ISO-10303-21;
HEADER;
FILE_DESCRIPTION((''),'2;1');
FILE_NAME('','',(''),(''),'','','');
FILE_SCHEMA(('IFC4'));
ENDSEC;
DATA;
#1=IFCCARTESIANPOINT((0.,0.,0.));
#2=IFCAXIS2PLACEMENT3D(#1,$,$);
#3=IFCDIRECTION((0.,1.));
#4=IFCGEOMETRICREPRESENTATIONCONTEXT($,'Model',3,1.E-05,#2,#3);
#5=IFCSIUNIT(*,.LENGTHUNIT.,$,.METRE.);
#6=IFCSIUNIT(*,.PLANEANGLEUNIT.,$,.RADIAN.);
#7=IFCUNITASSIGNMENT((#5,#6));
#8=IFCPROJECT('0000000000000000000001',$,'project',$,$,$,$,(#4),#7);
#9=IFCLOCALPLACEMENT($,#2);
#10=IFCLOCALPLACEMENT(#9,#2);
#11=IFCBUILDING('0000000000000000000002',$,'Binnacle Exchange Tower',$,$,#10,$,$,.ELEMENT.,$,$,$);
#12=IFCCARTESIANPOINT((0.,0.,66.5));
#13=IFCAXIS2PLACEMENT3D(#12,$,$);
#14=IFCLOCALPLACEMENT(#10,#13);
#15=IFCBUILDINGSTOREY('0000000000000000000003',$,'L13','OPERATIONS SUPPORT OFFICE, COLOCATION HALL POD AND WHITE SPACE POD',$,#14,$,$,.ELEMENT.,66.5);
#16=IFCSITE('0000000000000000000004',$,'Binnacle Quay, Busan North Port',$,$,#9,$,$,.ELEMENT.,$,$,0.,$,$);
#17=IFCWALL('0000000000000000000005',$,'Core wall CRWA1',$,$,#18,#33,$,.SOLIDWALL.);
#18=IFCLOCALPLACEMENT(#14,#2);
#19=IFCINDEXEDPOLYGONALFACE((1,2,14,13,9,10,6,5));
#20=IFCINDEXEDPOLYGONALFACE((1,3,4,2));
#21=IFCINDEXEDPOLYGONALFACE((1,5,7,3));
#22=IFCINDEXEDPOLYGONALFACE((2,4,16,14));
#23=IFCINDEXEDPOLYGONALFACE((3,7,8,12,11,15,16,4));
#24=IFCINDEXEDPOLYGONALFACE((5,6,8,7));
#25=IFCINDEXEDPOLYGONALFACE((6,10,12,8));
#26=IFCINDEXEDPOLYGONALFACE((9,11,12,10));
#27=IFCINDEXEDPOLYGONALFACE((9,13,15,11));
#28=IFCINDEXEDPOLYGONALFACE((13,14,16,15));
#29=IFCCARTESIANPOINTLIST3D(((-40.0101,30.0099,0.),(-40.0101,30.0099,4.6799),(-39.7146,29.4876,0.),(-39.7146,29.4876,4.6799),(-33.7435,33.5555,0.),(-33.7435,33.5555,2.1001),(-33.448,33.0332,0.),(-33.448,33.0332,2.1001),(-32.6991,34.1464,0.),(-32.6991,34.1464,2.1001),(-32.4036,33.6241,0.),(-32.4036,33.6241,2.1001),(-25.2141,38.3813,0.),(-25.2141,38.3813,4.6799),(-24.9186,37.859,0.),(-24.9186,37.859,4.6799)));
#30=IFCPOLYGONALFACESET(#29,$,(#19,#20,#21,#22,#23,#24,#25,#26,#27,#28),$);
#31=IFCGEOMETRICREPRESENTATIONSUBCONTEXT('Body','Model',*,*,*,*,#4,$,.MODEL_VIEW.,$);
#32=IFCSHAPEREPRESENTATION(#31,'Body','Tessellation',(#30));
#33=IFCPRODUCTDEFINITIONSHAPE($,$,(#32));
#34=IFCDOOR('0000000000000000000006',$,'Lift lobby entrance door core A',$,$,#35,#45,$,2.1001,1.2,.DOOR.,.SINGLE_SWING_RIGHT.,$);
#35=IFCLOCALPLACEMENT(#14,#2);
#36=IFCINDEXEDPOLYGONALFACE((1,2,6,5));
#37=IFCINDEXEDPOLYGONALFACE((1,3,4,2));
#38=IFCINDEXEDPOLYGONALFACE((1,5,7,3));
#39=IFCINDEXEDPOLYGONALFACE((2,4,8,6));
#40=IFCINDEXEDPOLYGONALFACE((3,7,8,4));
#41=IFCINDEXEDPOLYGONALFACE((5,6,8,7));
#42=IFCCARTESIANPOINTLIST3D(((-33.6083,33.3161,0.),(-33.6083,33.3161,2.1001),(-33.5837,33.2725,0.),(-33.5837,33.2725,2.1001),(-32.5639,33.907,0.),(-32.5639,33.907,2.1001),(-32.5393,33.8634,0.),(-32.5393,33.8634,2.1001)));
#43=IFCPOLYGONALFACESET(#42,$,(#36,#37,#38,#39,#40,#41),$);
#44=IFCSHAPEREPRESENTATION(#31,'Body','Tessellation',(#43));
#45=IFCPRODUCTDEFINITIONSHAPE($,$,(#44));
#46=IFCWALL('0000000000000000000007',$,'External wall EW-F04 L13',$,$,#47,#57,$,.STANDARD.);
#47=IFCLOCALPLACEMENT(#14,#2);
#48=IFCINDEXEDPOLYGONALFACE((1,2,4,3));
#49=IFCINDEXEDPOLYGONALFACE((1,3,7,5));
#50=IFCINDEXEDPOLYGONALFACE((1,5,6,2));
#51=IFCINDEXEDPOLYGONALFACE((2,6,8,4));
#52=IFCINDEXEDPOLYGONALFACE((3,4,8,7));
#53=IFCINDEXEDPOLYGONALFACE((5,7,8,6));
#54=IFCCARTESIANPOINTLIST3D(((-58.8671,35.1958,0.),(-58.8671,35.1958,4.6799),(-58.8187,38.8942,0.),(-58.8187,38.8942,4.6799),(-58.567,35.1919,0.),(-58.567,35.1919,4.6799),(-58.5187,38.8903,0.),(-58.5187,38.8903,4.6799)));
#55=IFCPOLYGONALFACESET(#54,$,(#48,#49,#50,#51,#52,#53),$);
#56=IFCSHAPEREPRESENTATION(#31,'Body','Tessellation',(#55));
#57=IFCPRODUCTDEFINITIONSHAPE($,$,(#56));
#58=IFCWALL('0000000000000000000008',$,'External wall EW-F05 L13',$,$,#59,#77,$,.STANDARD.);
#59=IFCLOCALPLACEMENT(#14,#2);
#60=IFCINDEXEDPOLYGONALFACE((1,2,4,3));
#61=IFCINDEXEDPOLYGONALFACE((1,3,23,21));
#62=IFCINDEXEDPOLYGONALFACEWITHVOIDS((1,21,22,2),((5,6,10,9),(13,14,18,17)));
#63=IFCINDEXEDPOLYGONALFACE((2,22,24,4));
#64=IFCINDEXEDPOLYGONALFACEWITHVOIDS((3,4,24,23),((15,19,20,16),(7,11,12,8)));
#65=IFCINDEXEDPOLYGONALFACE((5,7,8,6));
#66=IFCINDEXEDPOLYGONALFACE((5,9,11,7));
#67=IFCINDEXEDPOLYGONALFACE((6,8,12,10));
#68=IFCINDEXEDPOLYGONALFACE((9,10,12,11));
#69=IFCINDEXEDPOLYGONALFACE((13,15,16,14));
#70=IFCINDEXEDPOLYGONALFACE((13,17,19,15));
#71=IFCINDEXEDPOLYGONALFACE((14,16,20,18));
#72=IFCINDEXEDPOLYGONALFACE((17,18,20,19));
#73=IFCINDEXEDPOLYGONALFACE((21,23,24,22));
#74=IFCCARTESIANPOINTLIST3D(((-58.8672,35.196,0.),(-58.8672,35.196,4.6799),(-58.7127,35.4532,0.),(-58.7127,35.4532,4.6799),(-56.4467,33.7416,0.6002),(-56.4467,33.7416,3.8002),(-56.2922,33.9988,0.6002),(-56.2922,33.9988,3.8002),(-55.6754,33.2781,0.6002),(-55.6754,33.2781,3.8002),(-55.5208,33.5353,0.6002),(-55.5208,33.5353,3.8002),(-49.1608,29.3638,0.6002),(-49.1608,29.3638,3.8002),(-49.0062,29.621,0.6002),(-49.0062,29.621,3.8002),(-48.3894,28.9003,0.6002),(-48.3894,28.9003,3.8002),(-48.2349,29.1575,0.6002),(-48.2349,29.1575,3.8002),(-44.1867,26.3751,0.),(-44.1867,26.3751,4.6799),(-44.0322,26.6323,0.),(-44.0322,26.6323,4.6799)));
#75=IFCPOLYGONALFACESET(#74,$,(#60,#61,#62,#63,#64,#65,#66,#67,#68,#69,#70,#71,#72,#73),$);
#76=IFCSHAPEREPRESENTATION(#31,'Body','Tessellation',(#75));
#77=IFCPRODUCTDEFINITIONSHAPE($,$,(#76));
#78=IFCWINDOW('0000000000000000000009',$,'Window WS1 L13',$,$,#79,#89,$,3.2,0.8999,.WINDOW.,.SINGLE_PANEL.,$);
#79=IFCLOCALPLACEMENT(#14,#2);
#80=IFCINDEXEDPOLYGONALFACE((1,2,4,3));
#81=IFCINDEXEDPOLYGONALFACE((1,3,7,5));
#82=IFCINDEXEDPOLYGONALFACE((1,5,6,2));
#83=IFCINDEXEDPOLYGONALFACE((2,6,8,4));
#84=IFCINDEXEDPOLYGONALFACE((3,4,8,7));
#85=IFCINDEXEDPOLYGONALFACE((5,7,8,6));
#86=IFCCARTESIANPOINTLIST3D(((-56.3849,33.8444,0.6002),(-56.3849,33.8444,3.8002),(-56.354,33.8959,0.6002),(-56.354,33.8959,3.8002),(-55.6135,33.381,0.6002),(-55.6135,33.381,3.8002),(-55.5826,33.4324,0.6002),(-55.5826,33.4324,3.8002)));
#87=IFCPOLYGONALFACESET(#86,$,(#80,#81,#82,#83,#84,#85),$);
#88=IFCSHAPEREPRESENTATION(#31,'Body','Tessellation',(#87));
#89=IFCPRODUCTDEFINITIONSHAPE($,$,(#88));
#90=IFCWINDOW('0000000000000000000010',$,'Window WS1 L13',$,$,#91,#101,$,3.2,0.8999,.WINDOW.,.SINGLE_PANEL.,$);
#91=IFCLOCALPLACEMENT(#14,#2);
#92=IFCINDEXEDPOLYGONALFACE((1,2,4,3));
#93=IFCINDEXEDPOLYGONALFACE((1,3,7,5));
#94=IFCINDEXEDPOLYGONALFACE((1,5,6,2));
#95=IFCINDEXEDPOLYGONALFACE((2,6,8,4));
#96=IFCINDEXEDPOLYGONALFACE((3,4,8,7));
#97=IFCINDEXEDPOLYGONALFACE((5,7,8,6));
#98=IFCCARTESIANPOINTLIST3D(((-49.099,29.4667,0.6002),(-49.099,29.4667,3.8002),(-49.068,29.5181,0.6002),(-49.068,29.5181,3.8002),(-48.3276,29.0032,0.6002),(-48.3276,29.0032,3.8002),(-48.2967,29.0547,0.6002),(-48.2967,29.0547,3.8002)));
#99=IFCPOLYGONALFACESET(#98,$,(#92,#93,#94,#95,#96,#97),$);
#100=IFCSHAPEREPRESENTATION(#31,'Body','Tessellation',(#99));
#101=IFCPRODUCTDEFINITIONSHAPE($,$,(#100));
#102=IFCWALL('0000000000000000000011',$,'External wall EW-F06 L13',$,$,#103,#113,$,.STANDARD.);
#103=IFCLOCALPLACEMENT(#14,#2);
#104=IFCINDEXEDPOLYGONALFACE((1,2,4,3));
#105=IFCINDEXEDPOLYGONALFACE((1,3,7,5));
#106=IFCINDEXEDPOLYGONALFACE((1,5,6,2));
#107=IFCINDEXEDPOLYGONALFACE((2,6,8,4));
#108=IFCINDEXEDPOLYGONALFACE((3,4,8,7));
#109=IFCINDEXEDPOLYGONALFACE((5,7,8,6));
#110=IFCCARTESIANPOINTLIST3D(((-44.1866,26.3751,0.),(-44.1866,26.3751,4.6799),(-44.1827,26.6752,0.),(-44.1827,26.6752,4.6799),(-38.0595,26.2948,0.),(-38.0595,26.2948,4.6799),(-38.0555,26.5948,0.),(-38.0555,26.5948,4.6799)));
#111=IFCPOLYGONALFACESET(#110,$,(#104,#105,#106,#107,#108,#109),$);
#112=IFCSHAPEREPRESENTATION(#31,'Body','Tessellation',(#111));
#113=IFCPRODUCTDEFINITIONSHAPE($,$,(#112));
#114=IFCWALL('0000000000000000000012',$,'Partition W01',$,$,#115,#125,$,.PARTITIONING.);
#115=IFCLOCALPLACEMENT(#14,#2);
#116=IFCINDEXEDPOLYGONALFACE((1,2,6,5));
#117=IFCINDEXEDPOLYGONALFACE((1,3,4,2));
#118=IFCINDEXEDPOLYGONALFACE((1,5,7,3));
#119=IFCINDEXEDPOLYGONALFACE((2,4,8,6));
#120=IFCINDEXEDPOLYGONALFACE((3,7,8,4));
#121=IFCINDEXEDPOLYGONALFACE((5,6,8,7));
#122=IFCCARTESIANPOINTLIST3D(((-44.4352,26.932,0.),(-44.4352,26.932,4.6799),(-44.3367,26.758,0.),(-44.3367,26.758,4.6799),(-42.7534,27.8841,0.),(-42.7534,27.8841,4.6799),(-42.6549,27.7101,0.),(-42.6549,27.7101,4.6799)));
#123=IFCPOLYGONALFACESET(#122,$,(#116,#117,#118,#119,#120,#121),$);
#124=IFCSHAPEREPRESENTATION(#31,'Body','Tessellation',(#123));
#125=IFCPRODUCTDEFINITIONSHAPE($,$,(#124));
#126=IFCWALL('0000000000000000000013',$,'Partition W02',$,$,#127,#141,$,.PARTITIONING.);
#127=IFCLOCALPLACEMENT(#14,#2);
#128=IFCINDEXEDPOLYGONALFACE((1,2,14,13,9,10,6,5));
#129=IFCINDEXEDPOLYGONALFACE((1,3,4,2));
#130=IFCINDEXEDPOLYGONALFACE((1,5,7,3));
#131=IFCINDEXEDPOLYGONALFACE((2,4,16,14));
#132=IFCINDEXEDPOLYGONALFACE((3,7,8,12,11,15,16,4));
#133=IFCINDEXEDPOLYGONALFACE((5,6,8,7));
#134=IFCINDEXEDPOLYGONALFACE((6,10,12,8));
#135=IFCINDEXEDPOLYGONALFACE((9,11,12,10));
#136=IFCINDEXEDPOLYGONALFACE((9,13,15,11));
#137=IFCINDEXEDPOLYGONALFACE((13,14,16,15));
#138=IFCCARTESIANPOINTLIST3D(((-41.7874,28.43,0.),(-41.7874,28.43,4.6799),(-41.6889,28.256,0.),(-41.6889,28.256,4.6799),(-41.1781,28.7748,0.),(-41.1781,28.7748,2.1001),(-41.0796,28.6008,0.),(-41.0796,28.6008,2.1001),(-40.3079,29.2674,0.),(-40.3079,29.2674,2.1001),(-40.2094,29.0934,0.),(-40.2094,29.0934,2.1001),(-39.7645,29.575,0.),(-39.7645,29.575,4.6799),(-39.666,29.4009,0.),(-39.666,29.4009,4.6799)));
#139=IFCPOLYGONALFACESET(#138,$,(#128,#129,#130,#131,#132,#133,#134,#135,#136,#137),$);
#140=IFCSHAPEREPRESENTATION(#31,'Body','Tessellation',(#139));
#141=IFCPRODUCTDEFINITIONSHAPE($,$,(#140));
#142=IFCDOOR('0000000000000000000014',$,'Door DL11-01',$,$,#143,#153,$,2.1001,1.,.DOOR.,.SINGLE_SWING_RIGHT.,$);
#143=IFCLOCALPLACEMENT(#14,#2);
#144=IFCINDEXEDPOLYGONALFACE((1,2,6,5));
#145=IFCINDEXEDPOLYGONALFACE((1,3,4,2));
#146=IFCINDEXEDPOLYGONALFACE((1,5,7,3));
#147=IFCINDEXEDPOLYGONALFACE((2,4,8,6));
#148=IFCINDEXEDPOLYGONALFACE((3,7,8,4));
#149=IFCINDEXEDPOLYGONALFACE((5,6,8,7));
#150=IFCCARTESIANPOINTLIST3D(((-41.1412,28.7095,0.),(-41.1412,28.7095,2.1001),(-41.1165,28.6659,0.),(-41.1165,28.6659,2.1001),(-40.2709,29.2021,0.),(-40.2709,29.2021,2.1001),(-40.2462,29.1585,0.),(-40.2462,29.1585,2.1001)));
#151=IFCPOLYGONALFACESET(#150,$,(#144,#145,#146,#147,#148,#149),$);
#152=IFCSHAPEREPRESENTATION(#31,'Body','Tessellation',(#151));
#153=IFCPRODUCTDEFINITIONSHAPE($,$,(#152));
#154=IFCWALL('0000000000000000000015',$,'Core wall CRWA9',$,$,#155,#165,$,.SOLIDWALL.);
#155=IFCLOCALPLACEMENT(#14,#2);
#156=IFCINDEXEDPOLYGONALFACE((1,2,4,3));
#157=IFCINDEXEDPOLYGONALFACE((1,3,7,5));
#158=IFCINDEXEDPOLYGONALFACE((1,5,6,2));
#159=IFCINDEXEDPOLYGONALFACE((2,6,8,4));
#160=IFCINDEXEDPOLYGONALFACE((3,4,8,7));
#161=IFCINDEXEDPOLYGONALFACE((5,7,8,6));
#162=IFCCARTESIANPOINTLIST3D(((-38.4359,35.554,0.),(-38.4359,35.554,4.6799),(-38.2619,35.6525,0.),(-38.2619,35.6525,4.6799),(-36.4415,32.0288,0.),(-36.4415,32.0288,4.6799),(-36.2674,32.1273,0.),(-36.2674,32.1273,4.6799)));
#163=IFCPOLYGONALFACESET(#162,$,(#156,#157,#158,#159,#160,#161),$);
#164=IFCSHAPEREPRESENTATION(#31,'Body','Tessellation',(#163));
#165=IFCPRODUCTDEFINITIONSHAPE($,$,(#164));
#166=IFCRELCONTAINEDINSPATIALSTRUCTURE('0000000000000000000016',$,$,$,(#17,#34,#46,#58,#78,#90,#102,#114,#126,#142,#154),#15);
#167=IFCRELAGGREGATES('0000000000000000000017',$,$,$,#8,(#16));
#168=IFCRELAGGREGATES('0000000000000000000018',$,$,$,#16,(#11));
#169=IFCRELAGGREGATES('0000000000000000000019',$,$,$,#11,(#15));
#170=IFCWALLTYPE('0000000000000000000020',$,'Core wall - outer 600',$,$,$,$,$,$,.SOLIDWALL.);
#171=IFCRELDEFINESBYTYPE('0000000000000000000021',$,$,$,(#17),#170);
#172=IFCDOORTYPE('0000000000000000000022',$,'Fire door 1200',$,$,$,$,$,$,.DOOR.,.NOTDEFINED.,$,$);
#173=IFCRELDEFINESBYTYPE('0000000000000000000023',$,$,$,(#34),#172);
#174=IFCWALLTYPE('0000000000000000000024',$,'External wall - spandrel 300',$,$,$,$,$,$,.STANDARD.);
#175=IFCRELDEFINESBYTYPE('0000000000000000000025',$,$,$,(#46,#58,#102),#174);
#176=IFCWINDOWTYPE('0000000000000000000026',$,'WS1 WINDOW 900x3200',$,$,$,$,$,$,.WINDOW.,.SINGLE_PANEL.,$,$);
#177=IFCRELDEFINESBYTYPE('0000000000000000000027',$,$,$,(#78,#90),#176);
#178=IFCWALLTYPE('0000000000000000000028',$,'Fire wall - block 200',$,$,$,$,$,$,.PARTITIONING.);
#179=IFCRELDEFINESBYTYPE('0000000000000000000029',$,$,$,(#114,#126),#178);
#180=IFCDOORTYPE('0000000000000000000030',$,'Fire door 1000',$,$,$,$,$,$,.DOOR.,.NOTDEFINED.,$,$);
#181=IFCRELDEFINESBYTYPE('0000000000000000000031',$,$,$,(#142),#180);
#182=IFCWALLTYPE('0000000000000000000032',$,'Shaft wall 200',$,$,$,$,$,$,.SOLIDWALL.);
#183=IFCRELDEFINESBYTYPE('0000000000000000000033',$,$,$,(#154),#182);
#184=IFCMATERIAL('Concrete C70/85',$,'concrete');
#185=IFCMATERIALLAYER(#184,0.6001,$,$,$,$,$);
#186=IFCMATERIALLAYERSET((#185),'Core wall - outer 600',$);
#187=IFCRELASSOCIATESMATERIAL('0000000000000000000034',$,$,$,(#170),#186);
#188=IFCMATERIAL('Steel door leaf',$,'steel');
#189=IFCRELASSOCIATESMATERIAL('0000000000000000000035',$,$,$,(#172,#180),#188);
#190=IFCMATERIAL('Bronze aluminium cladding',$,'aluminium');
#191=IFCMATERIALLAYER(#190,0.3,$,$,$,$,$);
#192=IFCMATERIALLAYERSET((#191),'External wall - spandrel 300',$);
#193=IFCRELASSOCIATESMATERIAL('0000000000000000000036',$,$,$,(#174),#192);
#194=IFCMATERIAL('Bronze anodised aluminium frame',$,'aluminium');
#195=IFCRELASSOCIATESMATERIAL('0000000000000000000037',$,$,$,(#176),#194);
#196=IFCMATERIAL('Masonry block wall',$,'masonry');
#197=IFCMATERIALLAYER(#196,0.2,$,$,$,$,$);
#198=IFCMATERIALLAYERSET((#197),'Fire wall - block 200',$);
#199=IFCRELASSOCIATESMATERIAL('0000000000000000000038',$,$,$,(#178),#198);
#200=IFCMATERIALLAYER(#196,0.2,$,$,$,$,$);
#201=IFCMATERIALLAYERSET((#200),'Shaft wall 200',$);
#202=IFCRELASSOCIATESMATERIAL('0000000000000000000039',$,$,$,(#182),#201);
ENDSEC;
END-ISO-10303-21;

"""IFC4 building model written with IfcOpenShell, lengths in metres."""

from ifc_helpers import new_model, si_unit, direction, frame, frame_2d, origin, place, context, subcontext, project, spatial, rectangle, extrude, material, layer, layer_set, type_object, element, fill, save


model = new_model("IFC4")

# Units and contexts
model_context = context("Model", 3, precision=1e-05, world=origin(), true_north=direction((0.0, 1.0)))
body_context = subcontext(model_context, "Body", "Model", "MODEL_VIEW")
ifc_project = project(units=[si_unit("LENGTHUNIT", "METRE"), si_unit("PLANEANGLEUNIT", "RADIAN")], contexts=[model_context])

# Site, building, storey
site_placement = place(None, origin())
site = spatial("IfcSite", under=ifc_project, at=site_placement, Name="Binnacle Quay, Busan North Port", CompositionType="ELEMENT", RefElevation=0.0)
building_placement = place(site_placement, origin())
building = spatial("IfcBuilding", under=site, at=building_placement, Name="Binnacle Exchange Tower", CompositionType="ELEMENT")
storey_placement = place(building_placement, frame((0.0, 0.0, 66.5)))
storey = spatial("IfcBuildingStorey", under=building, at=storey_placement, Name="L13", Description="OPERATIONS SUPPORT OFFICE, COLOCATION HALL POD AND WHITE SPACE POD", CompositionType="ELEMENT", Elevation=66.5)

# Shared definitions
ifc_material_1 = material(Name="Concrete C70/85", Category="concrete")

# Shared definitions
ifc_material_2 = material(Name="Steel door leaf", Category="steel")

# Wall, opening, door
ifc_layer_1 = layer(ifc_material_1, 0.6001)
ifc_layer_set_1 = layer_set([ifc_layer_1], Name="Core wall - outer 600")
wall_type_1 = type_object("IfcWallType", Name="Core wall - outer 600", PredefinedType="SOLIDWALL", material=ifc_layer_set_1)
wall_1_placement = place(storey_placement, frame((-39.8623, 29.7488, 0.0), z_axis=(0.0, 0.0, 1.0), x_axis=(0.87035, 0.492433, 0.0)))
wall_1 = element("IfcWall", 1, at=wall_1_placement, inside=storey, type_object=wall_type_1, Name="Core wall CRWA1", PredefinedType="SOLIDWALL", context=body_context, shape_type="SweptSolid", body=[
    extrude(rectangle(XDim=17.0, YDim=0.6001, at=frame_2d((8.5, 0.0))), origin(), (0.0, 0.0, 1.0), 4.6799),
])
opening_1_placement = place(wall_1_placement, frame((7.2, 0.0, 0.0)))
opening_1 = element("IfcOpeningElement", 2, at=opening_1_placement, cuts=wall_1, PredefinedType="OPENING", context=body_context, shape_type="SweptSolid", body=[
    extrude(rectangle(XDim=1.2, YDim=2.1001, at=frame_2d((0.6001, 1.05))), frame((0.0, 0.3101, 0.0), z_axis=(0.0, -1.0, 0.0), x_axis=(1.0, 0.0, 0.0)), (0.0, 0.0, 1.0), 0.6201),
])
door_type_1 = type_object("IfcDoorType", Name="Fire door 1200", OperationType="NOTDEFINED", PredefinedType="DOOR", material=ifc_material_2)
door_1_placement = place(opening_1_placement, frame((1.2, 0.0, 0.0), z_axis=(0.0, 0.0, 1.0), x_axis=(-1.0, 0.0, 0.0)))
door_1 = element("IfcDoor", 3, at=door_1_placement, inside=storey, type_object=door_type_1, Name="Lift lobby entrance door core A", OperationType="SINGLE_SWING_RIGHT", OverallHeight=2.1001, OverallWidth=1.2, PredefinedType="DOOR", context=body_context, shape_type="SweptSolid", body=[
    extrude(rectangle(XDim=1.2, YDim=2.1001, at=frame_2d((0.6001, 1.05))), frame((0.0, 0.0249, 0.0), z_axis=(0.0, -1.0, 0.0), x_axis=(1.0, 0.0, 0.0)), (0.0, 0.0, 1.0), 0.05),
])
fill(opening_1, door_1)

# Wall
ifc_material_3 = material(Name="Bronze aluminium cladding", Category="aluminium")
ifc_layer_2 = layer(ifc_material_3, 0.3)
ifc_layer_set_2 = layer_set([ifc_layer_2], Name="External wall - spandrel 300")
wall_type_2 = type_object("IfcWallType", Name="External wall - spandrel 300", PredefinedType="STANDARD", material=ifc_layer_set_2)
wall_2_placement = place(storey_placement, frame((-58.717, 35.1938, 0.0), z_axis=(0.0, 0.0, 1.0), x_axis=(0.013069, 0.999915, 0.0)))
element("IfcWall", 4, at=wall_2_placement, inside=storey, type_object=wall_type_2, Name="External wall EW-F04 L13", PredefinedType="STANDARD", context=body_context, shape_type="SweptSolid", body=[
    extrude(rectangle(XDim=3.6987, YDim=0.3, at=frame_2d((1.8494, 0.0))), origin(), (0.0, 0.0, 1.0), 4.6799),
])

# Wall, openings, windows
wall_3_placement = place(storey_placement, frame((-44.1094, 26.5037, 0.0), z_axis=(0.0, 0.0, 1.0), x_axis=(-0.85717, 0.515034, 0.0)))
wall_3 = element("IfcWall", 5, at=wall_3_placement, inside=storey, type_object=wall_type_2, Name="External wall EW-F05 L13", PredefinedType="STANDARD", context=body_context, shape_type="SweptSolid", body=[
    extrude(rectangle(XDim=17.1267, YDim=0.3, at=frame_2d((8.5635, 0.0))), origin(), (0.0, 0.0, 1.0), 4.6799),
])
opening_2_placement = place(wall_3_placement, frame((13.4031, 0.0, 0.6001)))
opening_2 = element("IfcOpeningElement", 6, at=opening_2_placement, cuts=wall_3, PredefinedType="OPENING", context=body_context, shape_type="SweptSolid", body=[
    extrude(rectangle(XDim=0.8999, YDim=3.2, at=frame_2d((0.45, 1.6001))), frame((0.0, 0.1599, 0.0), z_axis=(0.0, -1.0, 0.0), x_axis=(1.0, 0.0, 0.0)), (0.0, 0.0, 1.0), 0.3201),
])
opening_3_placement = place(wall_3_placement, frame((4.9031, 0.0, 0.6001)))
opening_3 = element("IfcOpeningElement", 7, at=opening_3_placement, cuts=wall_3, PredefinedType="OPENING", context=body_context, shape_type="SweptSolid", body=[
    extrude(rectangle(XDim=0.8999, YDim=3.2, at=frame_2d((0.45, 1.6001))), frame((0.0, 0.1599, 0.0), z_axis=(0.0, -1.0, 0.0), x_axis=(1.0, 0.0, 0.0)), (0.0, 0.0, 1.0), 0.3201),
])
ifc_material_4 = material(Name="Bronze anodised aluminium frame", Category="aluminium")
window_type = type_object("IfcWindowType", Name="WS1 WINDOW 900x3200", PartitioningType="SINGLE_PANEL", PredefinedType="WINDOW", material=ifc_material_4)
window_1_placement = place(opening_2_placement, origin())
window_1 = element("IfcWindow", 8, at=window_1_placement, inside=storey, type_object=window_type, Name="Window WS1 L13", OverallHeight=3.2, OverallWidth=0.8999, PartitioningType="SINGLE_PANEL", PredefinedType="WINDOW", context=body_context, shape_type="SweptSolid", body=[
    extrude(rectangle(XDim=0.8999, YDim=3.2, at=frame_2d((0.45, 1.6001))), frame((0.0, 0.03, 0.0), z_axis=(0.0, -1.0, 0.0), x_axis=(1.0, 0.0, 0.0)), (0.0, 0.0, 1.0), 0.0601),
])
fill(opening_2, window_1)
window_2_placement = place(opening_3_placement, origin())
window_2 = element("IfcWindow", 9, at=window_2_placement, inside=storey, type_object=window_type, Name="Window WS1 L13", OverallHeight=3.2, OverallWidth=0.8999, PartitioningType="SINGLE_PANEL", PredefinedType="WINDOW", context=body_context, shape_type="SweptSolid", body=[
    extrude(rectangle(XDim=0.8999, YDim=3.2, at=frame_2d((0.45, 1.6001))), frame((0.0, 0.03, 0.0), z_axis=(0.0, -1.0, 0.0), x_axis=(1.0, 0.0, 0.0)), (0.0, 0.0, 1.0), 0.0601),
])
fill(opening_3, window_2)

# Walls
wall_4_placement = place(storey_placement, frame((-38.0574, 26.4448, 0.0), z_axis=(0.0, 0.0, 1.0), x_axis=(-0.999914, 0.013108, 0.0)))
element("IfcWall", 10, at=wall_4_placement, inside=storey, type_object=wall_type_2, Name="External wall EW-F06 L13", PredefinedType="STANDARD", context=body_context, shape_type="SweptSolid", body=[
    extrude(rectangle(XDim=6.1277, YDim=0.3, at=frame_2d((3.064, 0.0))), origin(), (0.0, 0.0, 1.0), 4.6799),
])
ifc_material_5 = material(Name="Masonry block wall", Category="masonry")
ifc_layer_3 = layer(ifc_material_5, 0.2)
ifc_layer_set_3 = layer_set([ifc_layer_3], Name="Fire wall - block 200")
wall_type_3 = type_object("IfcWallType", Name="Fire wall - block 200", PredefinedType="PARTITIONING", material=ifc_layer_set_3)
wall_5_placement = place(storey_placement, frame((-44.386, 26.845, 0.0), z_axis=(0.0, 0.0, 1.0), x_axis=(0.870226, 0.492652, 0.0)))
element("IfcWall", 11, at=wall_5_placement, inside=storey, type_object=wall_type_3, Name="Partition W01", PredefinedType="PARTITIONING", context=body_context, shape_type="SweptSolid", body=[
    extrude(rectangle(XDim=1.9326, YDim=0.2, at=frame_2d((0.9663, 0.0))), origin(), (0.0, 0.0, 1.0), 4.6799),
])

# Wall, opening, door
wall_6_placement = place(storey_placement, frame((-41.738, 28.343, 0.0), z_axis=(0.0, 0.0, 1.0), x_axis=(0.870265, 0.492583, 0.0)))
wall_6 = element("IfcWall", 12, at=wall_6_placement, inside=storey, type_object=wall_type_3, Name="Partition W02", PredefinedType="PARTITIONING", context=body_context, shape_type="SweptSolid", body=[
    extrude(rectangle(XDim=2.3245, YDim=0.2, at=frame_2d((1.1621, 0.0))), origin(), (0.0, 0.0, 1.0), 4.6799),
])
opening_4_placement = place(wall_6_placement, frame((0.7, 0.0, 0.0)))
opening_4 = element("IfcOpeningElement", 13, at=opening_4_placement, cuts=wall_6, PredefinedType="OPENING", context=body_context, shape_type="SweptSolid", body=[
    extrude(rectangle(XDim=1.0, YDim=2.1001, at=frame_2d((0.5, 1.05))), frame((0.0, 0.1099, 0.0), z_axis=(0.0, -1.0, 0.0), x_axis=(1.0, 0.0, 0.0)), (0.0, 0.0, 1.0), 0.22),
])
door_type_2 = type_object("IfcDoorType", Name="Fire door 1000", OperationType="NOTDEFINED", PredefinedType="DOOR", material=ifc_material_2)
door_2_placement = place(opening_4_placement, origin())
door_2 = element("IfcDoor", 14, at=door_2_placement, inside=storey, type_object=door_type_2, Name="Door DL11-01", OperationType="SINGLE_SWING_RIGHT", OverallHeight=2.1001, OverallWidth=1.0, PredefinedType="DOOR", context=body_context, shape_type="SweptSolid", body=[
    extrude(rectangle(XDim=1.0, YDim=2.1001, at=frame_2d((0.5, 1.05))), frame((0.0, 0.0249, 0.0), z_axis=(0.0, -1.0, 0.0), x_axis=(1.0, 0.0, 0.0)), (0.0, 0.0, 1.0), 0.05),
])
fill(opening_4, door_2)

# Wall
ifc_layer_4 = layer(ifc_material_5, 0.2)
ifc_layer_set_4 = layer_set([ifc_layer_4], Name="Shaft wall 200")
wall_type_4 = type_object("IfcWallType", Name="Shaft wall 200", PredefinedType="SOLIDWALL", material=ifc_layer_set_4)
wall_7_placement = place(storey_placement, frame((-38.3489, 35.6033, 0.0), z_axis=(0.0, 0.0, 1.0), x_axis=(0.492415, -0.870361, 0.0)))
element("IfcWall", 15, at=wall_7_placement, inside=storey, type_object=wall_type_4, Name="Core wall CRWA9", PredefinedType="SOLIDWALL", context=body_context, shape_type="SweptSolid", body=[
    extrude(rectangle(XDim=4.0503, YDim=0.2, at=frame_2d((2.0251, 0.0))), origin(), (0.0, 0.0, 1.0), 4.6799),
])

save(model, "model.ifc")
